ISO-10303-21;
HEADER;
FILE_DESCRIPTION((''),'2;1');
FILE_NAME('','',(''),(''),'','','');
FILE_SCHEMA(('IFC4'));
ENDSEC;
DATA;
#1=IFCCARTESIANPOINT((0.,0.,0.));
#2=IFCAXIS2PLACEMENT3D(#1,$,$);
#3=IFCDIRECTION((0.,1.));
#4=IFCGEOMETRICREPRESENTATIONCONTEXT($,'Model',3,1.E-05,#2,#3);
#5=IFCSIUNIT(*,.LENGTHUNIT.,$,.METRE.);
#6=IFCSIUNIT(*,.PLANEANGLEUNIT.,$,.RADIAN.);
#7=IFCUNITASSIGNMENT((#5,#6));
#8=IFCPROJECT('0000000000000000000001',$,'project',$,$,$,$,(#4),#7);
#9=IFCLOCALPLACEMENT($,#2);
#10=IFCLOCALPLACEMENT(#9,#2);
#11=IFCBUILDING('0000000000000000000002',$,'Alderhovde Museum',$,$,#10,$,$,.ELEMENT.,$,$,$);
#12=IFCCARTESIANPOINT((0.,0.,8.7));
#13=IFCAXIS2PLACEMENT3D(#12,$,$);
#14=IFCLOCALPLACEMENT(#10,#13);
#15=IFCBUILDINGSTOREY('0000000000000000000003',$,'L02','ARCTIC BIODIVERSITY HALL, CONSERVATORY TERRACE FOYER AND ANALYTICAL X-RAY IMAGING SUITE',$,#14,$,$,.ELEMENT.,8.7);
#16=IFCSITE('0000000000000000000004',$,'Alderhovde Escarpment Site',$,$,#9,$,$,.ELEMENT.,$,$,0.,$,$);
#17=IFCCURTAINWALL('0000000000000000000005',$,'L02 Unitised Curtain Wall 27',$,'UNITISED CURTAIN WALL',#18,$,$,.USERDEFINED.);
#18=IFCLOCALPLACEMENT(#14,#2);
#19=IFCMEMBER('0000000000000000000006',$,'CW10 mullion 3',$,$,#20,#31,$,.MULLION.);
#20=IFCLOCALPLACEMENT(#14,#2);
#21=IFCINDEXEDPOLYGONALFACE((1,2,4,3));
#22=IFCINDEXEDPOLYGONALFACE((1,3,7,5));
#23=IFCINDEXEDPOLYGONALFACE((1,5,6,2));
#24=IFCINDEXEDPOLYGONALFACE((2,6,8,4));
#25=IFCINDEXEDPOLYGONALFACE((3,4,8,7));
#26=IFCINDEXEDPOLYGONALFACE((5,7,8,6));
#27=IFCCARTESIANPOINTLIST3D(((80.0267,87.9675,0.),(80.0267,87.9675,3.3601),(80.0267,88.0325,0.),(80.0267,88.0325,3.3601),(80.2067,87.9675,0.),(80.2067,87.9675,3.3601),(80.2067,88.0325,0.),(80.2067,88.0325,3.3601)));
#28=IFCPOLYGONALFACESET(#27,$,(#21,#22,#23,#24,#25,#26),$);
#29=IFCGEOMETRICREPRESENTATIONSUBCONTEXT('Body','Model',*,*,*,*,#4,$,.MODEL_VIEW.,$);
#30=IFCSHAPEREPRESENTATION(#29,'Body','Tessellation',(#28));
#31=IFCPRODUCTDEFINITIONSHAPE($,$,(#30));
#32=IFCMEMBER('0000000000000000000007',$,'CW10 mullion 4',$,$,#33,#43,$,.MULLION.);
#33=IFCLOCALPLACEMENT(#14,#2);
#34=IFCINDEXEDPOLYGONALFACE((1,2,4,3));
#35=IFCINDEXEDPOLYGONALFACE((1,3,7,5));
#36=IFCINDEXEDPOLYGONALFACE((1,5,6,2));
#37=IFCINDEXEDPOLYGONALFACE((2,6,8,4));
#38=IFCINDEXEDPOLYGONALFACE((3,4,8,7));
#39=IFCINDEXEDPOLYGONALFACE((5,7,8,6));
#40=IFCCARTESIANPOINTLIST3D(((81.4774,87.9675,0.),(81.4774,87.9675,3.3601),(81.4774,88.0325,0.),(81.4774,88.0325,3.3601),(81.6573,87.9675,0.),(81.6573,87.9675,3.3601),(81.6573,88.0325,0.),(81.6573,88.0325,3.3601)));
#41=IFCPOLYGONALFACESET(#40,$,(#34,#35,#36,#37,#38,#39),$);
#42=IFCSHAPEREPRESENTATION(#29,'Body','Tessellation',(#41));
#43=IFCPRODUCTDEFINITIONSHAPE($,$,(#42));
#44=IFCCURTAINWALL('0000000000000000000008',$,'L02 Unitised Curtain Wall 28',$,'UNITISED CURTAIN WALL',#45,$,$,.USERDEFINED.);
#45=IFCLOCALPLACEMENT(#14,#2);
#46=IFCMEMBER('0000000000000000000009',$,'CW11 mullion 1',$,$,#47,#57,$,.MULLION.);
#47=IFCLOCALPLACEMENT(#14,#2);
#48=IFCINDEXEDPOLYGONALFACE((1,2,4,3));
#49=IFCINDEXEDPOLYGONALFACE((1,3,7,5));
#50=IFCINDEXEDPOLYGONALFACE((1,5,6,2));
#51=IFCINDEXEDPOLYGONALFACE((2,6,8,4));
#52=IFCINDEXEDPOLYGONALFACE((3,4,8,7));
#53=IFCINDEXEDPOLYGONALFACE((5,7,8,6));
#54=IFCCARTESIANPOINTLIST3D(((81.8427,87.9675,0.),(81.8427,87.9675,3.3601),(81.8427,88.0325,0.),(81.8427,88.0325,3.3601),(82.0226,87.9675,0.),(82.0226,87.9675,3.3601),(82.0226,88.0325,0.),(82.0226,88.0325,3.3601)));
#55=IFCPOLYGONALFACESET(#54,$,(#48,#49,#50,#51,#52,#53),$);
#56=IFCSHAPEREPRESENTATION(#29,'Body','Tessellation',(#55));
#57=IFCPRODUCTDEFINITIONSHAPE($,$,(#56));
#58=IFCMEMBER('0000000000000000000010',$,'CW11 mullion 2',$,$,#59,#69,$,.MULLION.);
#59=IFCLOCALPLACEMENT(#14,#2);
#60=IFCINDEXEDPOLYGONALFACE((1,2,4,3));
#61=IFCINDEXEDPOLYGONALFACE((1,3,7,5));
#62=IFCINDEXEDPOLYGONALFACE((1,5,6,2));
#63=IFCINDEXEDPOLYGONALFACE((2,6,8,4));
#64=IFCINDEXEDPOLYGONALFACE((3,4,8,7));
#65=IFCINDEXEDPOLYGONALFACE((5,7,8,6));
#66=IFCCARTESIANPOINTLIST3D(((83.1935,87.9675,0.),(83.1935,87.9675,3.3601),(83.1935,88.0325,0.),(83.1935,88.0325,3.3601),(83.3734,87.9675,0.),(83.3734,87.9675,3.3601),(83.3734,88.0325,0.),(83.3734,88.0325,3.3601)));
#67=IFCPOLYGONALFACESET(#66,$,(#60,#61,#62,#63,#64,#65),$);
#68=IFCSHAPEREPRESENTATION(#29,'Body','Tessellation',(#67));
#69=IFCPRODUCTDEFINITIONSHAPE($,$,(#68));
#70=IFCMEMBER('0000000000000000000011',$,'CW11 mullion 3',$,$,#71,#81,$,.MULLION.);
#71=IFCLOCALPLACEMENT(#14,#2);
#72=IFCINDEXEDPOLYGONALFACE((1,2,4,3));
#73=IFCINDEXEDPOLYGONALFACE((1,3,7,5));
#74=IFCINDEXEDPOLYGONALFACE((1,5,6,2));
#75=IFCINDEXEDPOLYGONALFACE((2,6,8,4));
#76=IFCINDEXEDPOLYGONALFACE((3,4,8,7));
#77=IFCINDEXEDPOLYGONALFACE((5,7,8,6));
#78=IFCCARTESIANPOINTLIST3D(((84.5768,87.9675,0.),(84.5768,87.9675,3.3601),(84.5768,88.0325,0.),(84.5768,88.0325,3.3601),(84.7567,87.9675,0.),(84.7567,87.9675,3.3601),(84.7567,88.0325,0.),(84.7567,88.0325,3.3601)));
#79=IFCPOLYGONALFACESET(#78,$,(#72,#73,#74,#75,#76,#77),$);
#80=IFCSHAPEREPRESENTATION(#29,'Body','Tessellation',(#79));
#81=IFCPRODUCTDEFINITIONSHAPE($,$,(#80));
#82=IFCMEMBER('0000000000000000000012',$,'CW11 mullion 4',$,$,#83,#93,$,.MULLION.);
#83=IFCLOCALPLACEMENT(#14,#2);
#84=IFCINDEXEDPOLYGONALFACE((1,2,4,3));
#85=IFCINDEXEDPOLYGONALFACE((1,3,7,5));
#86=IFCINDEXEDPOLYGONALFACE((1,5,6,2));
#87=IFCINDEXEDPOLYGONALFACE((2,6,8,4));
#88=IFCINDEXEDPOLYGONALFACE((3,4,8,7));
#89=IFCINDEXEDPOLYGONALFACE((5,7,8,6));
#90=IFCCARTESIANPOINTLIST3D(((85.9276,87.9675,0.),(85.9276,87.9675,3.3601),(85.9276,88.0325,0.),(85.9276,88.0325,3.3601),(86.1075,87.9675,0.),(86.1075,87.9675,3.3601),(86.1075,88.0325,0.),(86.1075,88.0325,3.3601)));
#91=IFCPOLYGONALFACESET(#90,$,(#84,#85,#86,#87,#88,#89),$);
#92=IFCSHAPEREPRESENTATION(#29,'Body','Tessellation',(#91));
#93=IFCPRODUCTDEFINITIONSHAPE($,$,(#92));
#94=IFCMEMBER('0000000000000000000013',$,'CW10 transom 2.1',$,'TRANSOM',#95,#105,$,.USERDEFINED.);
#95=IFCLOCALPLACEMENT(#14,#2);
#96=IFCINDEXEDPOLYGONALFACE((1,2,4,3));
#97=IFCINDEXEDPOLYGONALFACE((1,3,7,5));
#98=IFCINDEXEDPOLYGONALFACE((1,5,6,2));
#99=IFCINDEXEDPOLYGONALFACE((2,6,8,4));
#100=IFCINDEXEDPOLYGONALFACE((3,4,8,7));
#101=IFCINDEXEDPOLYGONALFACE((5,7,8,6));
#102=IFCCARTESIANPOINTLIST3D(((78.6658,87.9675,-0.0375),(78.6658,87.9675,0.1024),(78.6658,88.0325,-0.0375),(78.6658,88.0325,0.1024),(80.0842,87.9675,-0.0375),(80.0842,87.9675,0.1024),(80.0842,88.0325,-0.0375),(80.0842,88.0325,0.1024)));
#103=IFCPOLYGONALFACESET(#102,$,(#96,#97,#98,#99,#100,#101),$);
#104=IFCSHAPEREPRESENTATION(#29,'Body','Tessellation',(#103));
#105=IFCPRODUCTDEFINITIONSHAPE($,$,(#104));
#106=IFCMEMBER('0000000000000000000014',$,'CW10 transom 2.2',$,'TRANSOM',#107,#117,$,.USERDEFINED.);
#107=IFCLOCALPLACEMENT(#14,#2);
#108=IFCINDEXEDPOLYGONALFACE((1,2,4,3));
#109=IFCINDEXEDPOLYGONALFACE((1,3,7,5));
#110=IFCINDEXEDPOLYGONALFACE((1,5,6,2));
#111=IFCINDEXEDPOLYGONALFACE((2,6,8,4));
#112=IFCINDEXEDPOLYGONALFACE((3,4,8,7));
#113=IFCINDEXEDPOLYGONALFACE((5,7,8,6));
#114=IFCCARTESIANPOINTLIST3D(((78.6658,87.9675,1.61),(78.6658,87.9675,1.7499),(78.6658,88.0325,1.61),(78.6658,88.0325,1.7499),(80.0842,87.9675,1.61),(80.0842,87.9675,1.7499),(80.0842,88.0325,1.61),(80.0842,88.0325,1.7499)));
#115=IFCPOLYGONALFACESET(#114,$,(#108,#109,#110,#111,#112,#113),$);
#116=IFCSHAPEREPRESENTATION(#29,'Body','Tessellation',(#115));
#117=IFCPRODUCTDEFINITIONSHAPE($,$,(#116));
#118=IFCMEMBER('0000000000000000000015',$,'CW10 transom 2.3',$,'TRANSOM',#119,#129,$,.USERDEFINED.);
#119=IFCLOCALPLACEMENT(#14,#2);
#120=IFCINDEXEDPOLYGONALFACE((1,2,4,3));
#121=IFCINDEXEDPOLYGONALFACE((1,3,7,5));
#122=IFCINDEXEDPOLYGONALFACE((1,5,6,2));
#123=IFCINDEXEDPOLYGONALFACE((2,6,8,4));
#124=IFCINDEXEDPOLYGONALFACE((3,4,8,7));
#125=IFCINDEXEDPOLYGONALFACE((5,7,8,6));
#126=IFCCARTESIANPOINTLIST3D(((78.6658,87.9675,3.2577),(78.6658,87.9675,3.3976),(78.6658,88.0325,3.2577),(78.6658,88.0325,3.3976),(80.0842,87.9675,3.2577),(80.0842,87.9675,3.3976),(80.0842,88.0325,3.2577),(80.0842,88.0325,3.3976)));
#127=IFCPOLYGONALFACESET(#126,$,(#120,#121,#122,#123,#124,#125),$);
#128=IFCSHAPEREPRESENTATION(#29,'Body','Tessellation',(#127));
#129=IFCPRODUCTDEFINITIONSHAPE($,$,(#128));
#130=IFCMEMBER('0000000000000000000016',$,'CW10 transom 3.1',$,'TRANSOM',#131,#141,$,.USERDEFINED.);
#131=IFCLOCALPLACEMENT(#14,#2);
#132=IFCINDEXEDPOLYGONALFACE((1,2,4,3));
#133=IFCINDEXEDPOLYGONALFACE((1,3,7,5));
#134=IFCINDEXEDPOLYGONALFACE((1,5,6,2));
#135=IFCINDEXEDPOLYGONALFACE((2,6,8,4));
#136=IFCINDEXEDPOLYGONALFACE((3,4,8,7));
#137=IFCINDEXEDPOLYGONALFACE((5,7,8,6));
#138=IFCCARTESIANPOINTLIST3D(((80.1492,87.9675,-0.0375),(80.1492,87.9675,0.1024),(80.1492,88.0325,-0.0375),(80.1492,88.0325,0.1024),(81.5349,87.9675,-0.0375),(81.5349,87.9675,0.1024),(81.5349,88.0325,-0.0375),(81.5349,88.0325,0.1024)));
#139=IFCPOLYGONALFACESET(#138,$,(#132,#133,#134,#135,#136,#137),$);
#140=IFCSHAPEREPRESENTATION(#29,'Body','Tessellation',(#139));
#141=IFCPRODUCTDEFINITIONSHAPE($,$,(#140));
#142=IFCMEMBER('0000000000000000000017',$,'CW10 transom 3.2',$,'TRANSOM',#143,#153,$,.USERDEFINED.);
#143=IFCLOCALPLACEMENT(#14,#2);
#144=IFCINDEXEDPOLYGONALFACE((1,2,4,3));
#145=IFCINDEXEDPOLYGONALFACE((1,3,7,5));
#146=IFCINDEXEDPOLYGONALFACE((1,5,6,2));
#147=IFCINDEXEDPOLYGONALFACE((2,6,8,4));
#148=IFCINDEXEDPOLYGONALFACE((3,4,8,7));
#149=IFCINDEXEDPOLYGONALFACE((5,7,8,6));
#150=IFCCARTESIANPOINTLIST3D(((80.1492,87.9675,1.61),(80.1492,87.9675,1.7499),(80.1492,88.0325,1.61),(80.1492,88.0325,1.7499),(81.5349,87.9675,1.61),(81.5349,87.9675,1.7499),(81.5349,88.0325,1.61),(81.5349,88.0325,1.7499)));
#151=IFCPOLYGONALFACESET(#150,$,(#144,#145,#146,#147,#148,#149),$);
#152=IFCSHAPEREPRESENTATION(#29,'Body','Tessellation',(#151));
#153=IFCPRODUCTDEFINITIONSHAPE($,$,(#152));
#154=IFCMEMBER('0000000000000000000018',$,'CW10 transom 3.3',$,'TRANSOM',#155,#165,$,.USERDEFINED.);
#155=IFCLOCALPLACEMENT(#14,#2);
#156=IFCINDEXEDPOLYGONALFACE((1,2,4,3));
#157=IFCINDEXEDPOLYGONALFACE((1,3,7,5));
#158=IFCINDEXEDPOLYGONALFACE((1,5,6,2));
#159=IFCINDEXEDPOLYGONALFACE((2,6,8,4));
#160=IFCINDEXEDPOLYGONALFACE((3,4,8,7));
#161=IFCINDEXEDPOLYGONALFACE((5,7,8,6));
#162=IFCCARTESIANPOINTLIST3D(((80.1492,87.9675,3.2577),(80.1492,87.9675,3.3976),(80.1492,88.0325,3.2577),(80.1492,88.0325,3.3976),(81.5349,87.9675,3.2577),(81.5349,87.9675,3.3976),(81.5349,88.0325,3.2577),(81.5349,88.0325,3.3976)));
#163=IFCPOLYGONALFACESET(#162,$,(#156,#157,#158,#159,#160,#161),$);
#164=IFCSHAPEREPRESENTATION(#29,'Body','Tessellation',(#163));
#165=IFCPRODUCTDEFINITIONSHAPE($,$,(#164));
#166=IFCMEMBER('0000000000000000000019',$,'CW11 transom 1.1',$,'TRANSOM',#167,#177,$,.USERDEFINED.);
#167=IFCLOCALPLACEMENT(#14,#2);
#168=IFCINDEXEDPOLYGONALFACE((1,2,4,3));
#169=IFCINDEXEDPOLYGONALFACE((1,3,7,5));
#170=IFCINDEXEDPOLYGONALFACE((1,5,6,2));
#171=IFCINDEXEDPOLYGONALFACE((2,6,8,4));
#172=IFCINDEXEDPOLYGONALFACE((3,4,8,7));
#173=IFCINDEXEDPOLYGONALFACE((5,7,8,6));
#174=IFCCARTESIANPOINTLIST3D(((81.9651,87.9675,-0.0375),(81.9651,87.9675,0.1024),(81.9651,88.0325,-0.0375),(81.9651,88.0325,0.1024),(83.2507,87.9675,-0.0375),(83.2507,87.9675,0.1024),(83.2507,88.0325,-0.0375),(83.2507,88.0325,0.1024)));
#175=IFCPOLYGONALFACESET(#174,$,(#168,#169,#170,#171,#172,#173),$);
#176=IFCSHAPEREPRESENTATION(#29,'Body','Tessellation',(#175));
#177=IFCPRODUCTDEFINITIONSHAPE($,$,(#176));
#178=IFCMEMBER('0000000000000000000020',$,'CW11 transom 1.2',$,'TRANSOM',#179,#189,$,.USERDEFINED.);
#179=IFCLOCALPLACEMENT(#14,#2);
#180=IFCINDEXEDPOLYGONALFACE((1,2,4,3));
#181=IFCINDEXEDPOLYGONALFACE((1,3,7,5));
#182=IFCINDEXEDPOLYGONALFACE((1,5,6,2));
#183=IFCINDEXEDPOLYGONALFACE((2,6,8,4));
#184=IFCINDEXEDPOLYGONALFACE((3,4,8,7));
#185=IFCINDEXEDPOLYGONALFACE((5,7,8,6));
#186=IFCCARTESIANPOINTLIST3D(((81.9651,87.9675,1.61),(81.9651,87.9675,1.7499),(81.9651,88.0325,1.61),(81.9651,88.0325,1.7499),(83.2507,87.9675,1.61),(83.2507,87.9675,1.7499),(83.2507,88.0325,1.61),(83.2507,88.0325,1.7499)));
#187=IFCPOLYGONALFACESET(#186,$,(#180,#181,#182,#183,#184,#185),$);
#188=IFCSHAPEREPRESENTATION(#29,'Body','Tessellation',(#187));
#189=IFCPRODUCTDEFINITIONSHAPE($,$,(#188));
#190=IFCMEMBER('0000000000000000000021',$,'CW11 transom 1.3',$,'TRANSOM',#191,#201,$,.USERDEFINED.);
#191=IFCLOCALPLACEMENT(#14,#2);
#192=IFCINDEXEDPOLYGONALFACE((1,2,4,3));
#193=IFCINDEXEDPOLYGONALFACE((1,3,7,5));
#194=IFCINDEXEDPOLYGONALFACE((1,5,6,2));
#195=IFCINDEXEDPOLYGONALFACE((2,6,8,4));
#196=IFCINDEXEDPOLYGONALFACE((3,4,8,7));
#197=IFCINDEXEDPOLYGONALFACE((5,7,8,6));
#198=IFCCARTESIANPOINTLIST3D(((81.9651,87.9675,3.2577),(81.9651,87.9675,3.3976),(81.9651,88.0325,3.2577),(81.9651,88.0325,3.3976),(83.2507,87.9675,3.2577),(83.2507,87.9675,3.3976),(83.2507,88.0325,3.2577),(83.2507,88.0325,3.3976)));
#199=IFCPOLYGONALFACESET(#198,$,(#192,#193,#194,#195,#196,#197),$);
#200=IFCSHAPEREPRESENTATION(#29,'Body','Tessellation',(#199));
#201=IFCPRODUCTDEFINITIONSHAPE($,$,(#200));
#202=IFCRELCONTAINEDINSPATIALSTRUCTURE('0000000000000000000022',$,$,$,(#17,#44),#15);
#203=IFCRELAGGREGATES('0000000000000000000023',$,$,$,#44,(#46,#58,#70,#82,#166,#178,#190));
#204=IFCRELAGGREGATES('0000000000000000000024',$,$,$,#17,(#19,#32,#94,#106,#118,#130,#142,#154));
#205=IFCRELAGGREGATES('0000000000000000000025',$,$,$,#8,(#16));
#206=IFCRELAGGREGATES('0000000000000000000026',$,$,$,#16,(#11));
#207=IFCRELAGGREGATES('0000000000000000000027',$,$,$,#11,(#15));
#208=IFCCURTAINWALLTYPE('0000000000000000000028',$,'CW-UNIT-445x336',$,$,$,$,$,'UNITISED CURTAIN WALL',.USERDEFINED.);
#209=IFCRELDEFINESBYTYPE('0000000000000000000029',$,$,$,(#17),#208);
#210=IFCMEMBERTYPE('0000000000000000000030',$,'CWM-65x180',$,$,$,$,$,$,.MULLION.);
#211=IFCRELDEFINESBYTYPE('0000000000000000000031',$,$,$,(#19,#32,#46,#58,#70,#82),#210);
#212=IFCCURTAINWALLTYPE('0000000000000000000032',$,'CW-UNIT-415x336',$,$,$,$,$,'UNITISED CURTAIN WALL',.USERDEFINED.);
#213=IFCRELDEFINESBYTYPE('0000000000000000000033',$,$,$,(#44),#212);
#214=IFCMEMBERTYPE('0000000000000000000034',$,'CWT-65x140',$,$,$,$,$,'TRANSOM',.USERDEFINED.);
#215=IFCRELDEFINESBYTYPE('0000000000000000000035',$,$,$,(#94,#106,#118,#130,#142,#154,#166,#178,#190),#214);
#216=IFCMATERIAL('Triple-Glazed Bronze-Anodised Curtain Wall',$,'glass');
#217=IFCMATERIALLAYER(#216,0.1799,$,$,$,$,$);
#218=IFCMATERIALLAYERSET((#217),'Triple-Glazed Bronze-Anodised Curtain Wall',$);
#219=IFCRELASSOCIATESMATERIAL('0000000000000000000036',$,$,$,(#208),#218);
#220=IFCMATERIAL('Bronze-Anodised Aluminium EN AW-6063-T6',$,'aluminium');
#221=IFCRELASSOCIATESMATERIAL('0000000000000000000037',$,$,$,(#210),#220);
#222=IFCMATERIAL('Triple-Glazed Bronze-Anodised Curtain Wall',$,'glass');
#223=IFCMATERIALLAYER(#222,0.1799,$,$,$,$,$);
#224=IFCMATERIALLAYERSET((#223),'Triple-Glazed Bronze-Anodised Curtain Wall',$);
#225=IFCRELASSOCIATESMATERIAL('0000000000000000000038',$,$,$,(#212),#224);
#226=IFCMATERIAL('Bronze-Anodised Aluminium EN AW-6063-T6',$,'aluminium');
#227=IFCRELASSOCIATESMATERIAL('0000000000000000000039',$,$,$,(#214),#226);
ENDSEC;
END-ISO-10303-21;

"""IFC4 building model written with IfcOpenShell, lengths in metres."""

from ifc_helpers import new_model, si_unit, direction, frame, origin, origin_2d, place, context, subcontext, project, spatial, rectangle, extrude, material, layer, layer_set, material_profile, profile_set, type_object, element, aggregate, save


model = new_model("IFC4")

# Units and contexts
model_context = context("Model", 3, precision=1e-05, world=origin(), true_north=direction((0.0, 1.0)))
body_context = subcontext(model_context, "Body", "Model", "MODEL_VIEW")
ifc_project = project(units=[si_unit("LENGTHUNIT", "METRE"), si_unit("PLANEANGLEUNIT", "RADIAN")], contexts=[model_context])

# Site, building, storey
site_placement = place(None, origin())
site = spatial("IfcSite", under=ifc_project, at=site_placement, Name="Alderhovde Escarpment Site", CompositionType="ELEMENT", RefElevation=0.0)
building_placement = place(site_placement, origin())
building = spatial("IfcBuilding", under=site, at=building_placement, Name="Alderhovde Museum", CompositionType="ELEMENT")
storey_placement = place(building_placement, frame((0.0, 0.0, 8.7)))
storey = spatial("IfcBuildingStorey", under=building, at=storey_placement, Name="L02", Description="ARCTIC BIODIVERSITY HALL, CONSERVATORY TERRACE FOYER AND ANALYTICAL X-RAY IMAGING SUITE", CompositionType="ELEMENT", Elevation=8.7)

# Curtain walls, members
ifc_material_1 = material(Name="Triple-Glazed Bronze-Anodised Curtain Wall", Category="glass")
ifc_layer_1 = layer(ifc_material_1, 0.1799)
ifc_layer_set_1 = layer_set([ifc_layer_1], Name="Triple-Glazed Bronze-Anodised Curtain Wall")
curtain_wall_type_1 = type_object("IfcCurtainWallType", Name="CW-UNIT-445x336", ElementType="UNITISED CURTAIN WALL", PredefinedType="USERDEFINED", material=ifc_layer_set_1)
curtain_wall_1_placement = place(storey_placement, origin())
curtain_wall_1 = element("IfcCurtainWall", 1, at=curtain_wall_1_placement, inside=storey, type_object=curtain_wall_type_1, Name="L02 Unitised Curtain Wall 27", ObjectType="UNITISED CURTAIN WALL", PredefinedType="USERDEFINED")
ifc_material_2 = material(Name="Bronze-Anodised Aluminium EN AW-6063-T6", Category="aluminium")
ifc_material_profile_1 = material_profile(ifc_material_2, rectangle(XDim=0.0649, YDim=0.1799, at=origin_2d()), Name="MULLION 65x180")
ifc_profile_set_1 = profile_set([ifc_material_profile_1], Name="Bronze-Anodised Aluminium EN AW-6063-T6")
member_type_1 = type_object("IfcMemberType", Name="CWM-65x180", PredefinedType="MULLION", material=ifc_profile_set_1)
member_1_placement = place(storey_placement, frame((80.1167, 88.0, 0.0), z_axis=(0.0, 0.0, 1.0), x_axis=(0.0, 1.0, 0.0)))
member_1 = element("IfcMember", 2, at=member_1_placement, type_object=member_type_1, Name="CW10 mullion 3", PredefinedType="MULLION", context=body_context, shape_type="SweptSolid", body=[
    extrude(rectangle(XDim=0.0649, YDim=0.1799, at=origin_2d()), origin(), (0.0, 0.0, 1.0), 3.3601),
])
member_2_placement = place(storey_placement, frame((81.5674, 88.0, 0.0), z_axis=(0.0, 0.0, 1.0), x_axis=(0.0, 1.0, 0.0)))
member_2 = element("IfcMember", 3, at=member_2_placement, type_object=member_type_1, Name="CW10 mullion 4", PredefinedType="MULLION", context=body_context, shape_type="SweptSolid", body=[
    extrude(rectangle(XDim=0.0649, YDim=0.1799, at=origin_2d()), origin(), (0.0, 0.0, 1.0), 3.3601),
])
ifc_material_3 = material(Name="Triple-Glazed Bronze-Anodised Curtain Wall", Category="glass")
ifc_layer_2 = layer(ifc_material_3, 0.1799)
ifc_layer_set_2 = layer_set([ifc_layer_2], Name="Triple-Glazed Bronze-Anodised Curtain Wall")
curtain_wall_type_2 = type_object("IfcCurtainWallType", Name="CW-UNIT-415x336", ElementType="UNITISED CURTAIN WALL", PredefinedType="USERDEFINED", material=ifc_layer_set_2)
curtain_wall_2_placement = place(storey_placement, origin())
curtain_wall_2 = element("IfcCurtainWall", 4, at=curtain_wall_2_placement, inside=storey, type_object=curtain_wall_type_2, Name="L02 Unitised Curtain Wall 28", ObjectType="UNITISED CURTAIN WALL", PredefinedType="USERDEFINED")
member_3_placement = place(storey_placement, frame((81.9326, 88.0, 0.0), z_axis=(0.0, 0.0, 1.0), x_axis=(0.0, 1.0, 0.0)))
member_3 = element("IfcMember", 5, at=member_3_placement, type_object=member_type_1, Name="CW11 mullion 1", PredefinedType="MULLION", context=body_context, shape_type="SweptSolid", body=[
    extrude(rectangle(XDim=0.0649, YDim=0.1799, at=origin_2d()), origin(), (0.0, 0.0, 1.0), 3.3601),
])
member_4_placement = place(storey_placement, frame((83.2834, 88.0, 0.0), z_axis=(0.0, 0.0, 1.0), x_axis=(0.0, 1.0, 0.0)))
member_4 = element("IfcMember", 6, at=member_4_placement, type_object=member_type_1, Name="CW11 mullion 2", PredefinedType="MULLION", context=body_context, shape_type="SweptSolid", body=[
    extrude(rectangle(XDim=0.0649, YDim=0.1799, at=origin_2d()), origin(), (0.0, 0.0, 1.0), 3.3601),
])
member_5_placement = place(storey_placement, frame((84.6667, 88.0, 0.0), z_axis=(0.0, 0.0, 1.0), x_axis=(0.0, 1.0, 0.0)))
member_5 = element("IfcMember", 7, at=member_5_placement, type_object=member_type_1, Name="CW11 mullion 3", PredefinedType="MULLION", context=body_context, shape_type="SweptSolid", body=[
    extrude(rectangle(XDim=0.0649, YDim=0.1799, at=origin_2d()), origin(), (0.0, 0.0, 1.0), 3.3601),
])
member_6_placement = place(storey_placement, frame((86.0176, 88.0, 0.0), z_axis=(0.0, 0.0, 1.0), x_axis=(0.0, 1.0, 0.0)))
member_6 = element("IfcMember", 8, at=member_6_placement, type_object=member_type_1, Name="CW11 mullion 4", PredefinedType="MULLION", context=body_context, shape_type="SweptSolid", body=[
    extrude(rectangle(XDim=0.0649, YDim=0.1799, at=origin_2d()), origin(), (0.0, 0.0, 1.0), 3.3601),
])

# Members
ifc_material_4 = material(Name="Bronze-Anodised Aluminium EN AW-6063-T6", Category="aluminium")
ifc_material_profile_2 = material_profile(ifc_material_4, rectangle(XDim=0.0649, YDim=0.1399, at=origin_2d()), Name="TRANSOM 65x140")
ifc_profile_set_2 = profile_set([ifc_material_profile_2], Name="Bronze-Anodised Aluminium EN AW-6063-T6")
member_type_2 = type_object("IfcMemberType", Name="CWT-65x140", ElementType="TRANSOM", PredefinedType="USERDEFINED", material=ifc_profile_set_2)
member_7_placement = place(storey_placement, frame((78.6658, 88.0, 0.0325), z_axis=(1.0, 0.0, 0.0), x_axis=(0.0, 1.0, 0.0)))
member_7 = element("IfcMember", 9, at=member_7_placement, type_object=member_type_2, Name="CW10 transom 2.1", ObjectType="TRANSOM", PredefinedType="USERDEFINED", context=body_context, shape_type="SweptSolid", body=[
    extrude(rectangle(XDim=0.0649, YDim=0.1399, at=origin_2d()), origin(), (0.0, 0.0, 1.0), 1.4185),
])
member_8_placement = place(storey_placement, frame((78.6658, 88.0, 1.6799), z_axis=(1.0, 0.0, 0.0), x_axis=(0.0, 1.0, 0.0)))
member_8 = element("IfcMember", 10, at=member_8_placement, type_object=member_type_2, Name="CW10 transom 2.2", ObjectType="TRANSOM", PredefinedType="USERDEFINED", context=body_context, shape_type="SweptSolid", body=[
    extrude(rectangle(XDim=0.0649, YDim=0.1399, at=origin_2d()), origin(), (0.0, 0.0, 1.0), 1.4185),
])
member_9_placement = place(storey_placement, frame((78.6658, 88.0, 3.3276), z_axis=(1.0, 0.0, 0.0), x_axis=(0.0, 1.0, 0.0)))
member_9 = element("IfcMember", 11, at=member_9_placement, type_object=member_type_2, Name="CW10 transom 2.3", ObjectType="TRANSOM", PredefinedType="USERDEFINED", context=body_context, shape_type="SweptSolid", body=[
    extrude(rectangle(XDim=0.0649, YDim=0.1399, at=origin_2d()), origin(), (0.0, 0.0, 1.0), 1.4185),
])
member_10_placement = place(storey_placement, frame((80.1492, 88.0, 0.0325), z_axis=(1.0, 0.0, 0.0), x_axis=(0.0, 1.0, 0.0)))
member_10 = element("IfcMember", 12, at=member_10_placement, type_object=member_type_2, Name="CW10 transom 3.1", ObjectType="TRANSOM", PredefinedType="USERDEFINED", context=body_context, shape_type="SweptSolid", body=[
    extrude(rectangle(XDim=0.0649, YDim=0.1399, at=origin_2d()), origin(), (0.0, 0.0, 1.0), 1.3857),
])
member_11_placement = place(storey_placement, frame((80.1492, 88.0, 1.6799), z_axis=(1.0, 0.0, 0.0), x_axis=(0.0, 1.0, 0.0)))
member_11 = element("IfcMember", 13, at=member_11_placement, type_object=member_type_2, Name="CW10 transom 3.2", ObjectType="TRANSOM", PredefinedType="USERDEFINED", context=body_context, shape_type="SweptSolid", body=[
    extrude(rectangle(XDim=0.0649, YDim=0.1399, at=origin_2d()), origin(), (0.0, 0.0, 1.0), 1.3857),
])
member_12_placement = place(storey_placement, frame((80.1492, 88.0, 3.3276), z_axis=(1.0, 0.0, 0.0), x_axis=(0.0, 1.0, 0.0)))
member_12 = element("IfcMember", 14, at=member_12_placement, type_object=member_type_2, Name="CW10 transom 3.3", ObjectType="TRANSOM", PredefinedType="USERDEFINED", context=body_context, shape_type="SweptSolid", body=[
    extrude(rectangle(XDim=0.0649, YDim=0.1399, at=origin_2d()), origin(), (0.0, 0.0, 1.0), 1.3857),
])
member_13_placement = place(storey_placement, frame((81.9651, 88.0, 0.0325), z_axis=(1.0, 0.0, 0.0), x_axis=(0.0, 1.0, 0.0)))
member_13 = element("IfcMember", 15, at=member_13_placement, type_object=member_type_2, Name="CW11 transom 1.1", ObjectType="TRANSOM", PredefinedType="USERDEFINED", context=body_context, shape_type="SweptSolid", body=[
    extrude(rectangle(XDim=0.0649, YDim=0.1399, at=origin_2d()), origin(), (0.0, 0.0, 1.0), 1.2856),
])
member_14_placement = place(storey_placement, frame((81.9651, 88.0, 1.6799), z_axis=(1.0, 0.0, 0.0), x_axis=(0.0, 1.0, 0.0)))
member_14 = element("IfcMember", 16, at=member_14_placement, type_object=member_type_2, Name="CW11 transom 1.2", ObjectType="TRANSOM", PredefinedType="USERDEFINED", context=body_context, shape_type="SweptSolid", body=[
    extrude(rectangle(XDim=0.0649, YDim=0.1399, at=origin_2d()), origin(), (0.0, 0.0, 1.0), 1.2856),
])
member_15_placement = place(storey_placement, frame((81.9651, 88.0, 3.3276), z_axis=(1.0, 0.0, 0.0), x_axis=(0.0, 1.0, 0.0)))
member_15 = element("IfcMember", 17, at=member_15_placement, type_object=member_type_2, Name="CW11 transom 1.3", ObjectType="TRANSOM", PredefinedType="USERDEFINED", context=body_context, shape_type="SweptSolid", body=[
    extrude(rectangle(XDim=0.0649, YDim=0.1399, at=origin_2d()), origin(), (0.0, 0.0, 1.0), 1.2856),
])

aggregate(curtain_wall_2, [member_3, member_4, member_5, member_6, member_13, member_14, member_15])
aggregate(curtain_wall_1, [member_1, member_2, member_7, member_8, member_9, member_10, member_11, member_12])

save(model, "model.ifc")
